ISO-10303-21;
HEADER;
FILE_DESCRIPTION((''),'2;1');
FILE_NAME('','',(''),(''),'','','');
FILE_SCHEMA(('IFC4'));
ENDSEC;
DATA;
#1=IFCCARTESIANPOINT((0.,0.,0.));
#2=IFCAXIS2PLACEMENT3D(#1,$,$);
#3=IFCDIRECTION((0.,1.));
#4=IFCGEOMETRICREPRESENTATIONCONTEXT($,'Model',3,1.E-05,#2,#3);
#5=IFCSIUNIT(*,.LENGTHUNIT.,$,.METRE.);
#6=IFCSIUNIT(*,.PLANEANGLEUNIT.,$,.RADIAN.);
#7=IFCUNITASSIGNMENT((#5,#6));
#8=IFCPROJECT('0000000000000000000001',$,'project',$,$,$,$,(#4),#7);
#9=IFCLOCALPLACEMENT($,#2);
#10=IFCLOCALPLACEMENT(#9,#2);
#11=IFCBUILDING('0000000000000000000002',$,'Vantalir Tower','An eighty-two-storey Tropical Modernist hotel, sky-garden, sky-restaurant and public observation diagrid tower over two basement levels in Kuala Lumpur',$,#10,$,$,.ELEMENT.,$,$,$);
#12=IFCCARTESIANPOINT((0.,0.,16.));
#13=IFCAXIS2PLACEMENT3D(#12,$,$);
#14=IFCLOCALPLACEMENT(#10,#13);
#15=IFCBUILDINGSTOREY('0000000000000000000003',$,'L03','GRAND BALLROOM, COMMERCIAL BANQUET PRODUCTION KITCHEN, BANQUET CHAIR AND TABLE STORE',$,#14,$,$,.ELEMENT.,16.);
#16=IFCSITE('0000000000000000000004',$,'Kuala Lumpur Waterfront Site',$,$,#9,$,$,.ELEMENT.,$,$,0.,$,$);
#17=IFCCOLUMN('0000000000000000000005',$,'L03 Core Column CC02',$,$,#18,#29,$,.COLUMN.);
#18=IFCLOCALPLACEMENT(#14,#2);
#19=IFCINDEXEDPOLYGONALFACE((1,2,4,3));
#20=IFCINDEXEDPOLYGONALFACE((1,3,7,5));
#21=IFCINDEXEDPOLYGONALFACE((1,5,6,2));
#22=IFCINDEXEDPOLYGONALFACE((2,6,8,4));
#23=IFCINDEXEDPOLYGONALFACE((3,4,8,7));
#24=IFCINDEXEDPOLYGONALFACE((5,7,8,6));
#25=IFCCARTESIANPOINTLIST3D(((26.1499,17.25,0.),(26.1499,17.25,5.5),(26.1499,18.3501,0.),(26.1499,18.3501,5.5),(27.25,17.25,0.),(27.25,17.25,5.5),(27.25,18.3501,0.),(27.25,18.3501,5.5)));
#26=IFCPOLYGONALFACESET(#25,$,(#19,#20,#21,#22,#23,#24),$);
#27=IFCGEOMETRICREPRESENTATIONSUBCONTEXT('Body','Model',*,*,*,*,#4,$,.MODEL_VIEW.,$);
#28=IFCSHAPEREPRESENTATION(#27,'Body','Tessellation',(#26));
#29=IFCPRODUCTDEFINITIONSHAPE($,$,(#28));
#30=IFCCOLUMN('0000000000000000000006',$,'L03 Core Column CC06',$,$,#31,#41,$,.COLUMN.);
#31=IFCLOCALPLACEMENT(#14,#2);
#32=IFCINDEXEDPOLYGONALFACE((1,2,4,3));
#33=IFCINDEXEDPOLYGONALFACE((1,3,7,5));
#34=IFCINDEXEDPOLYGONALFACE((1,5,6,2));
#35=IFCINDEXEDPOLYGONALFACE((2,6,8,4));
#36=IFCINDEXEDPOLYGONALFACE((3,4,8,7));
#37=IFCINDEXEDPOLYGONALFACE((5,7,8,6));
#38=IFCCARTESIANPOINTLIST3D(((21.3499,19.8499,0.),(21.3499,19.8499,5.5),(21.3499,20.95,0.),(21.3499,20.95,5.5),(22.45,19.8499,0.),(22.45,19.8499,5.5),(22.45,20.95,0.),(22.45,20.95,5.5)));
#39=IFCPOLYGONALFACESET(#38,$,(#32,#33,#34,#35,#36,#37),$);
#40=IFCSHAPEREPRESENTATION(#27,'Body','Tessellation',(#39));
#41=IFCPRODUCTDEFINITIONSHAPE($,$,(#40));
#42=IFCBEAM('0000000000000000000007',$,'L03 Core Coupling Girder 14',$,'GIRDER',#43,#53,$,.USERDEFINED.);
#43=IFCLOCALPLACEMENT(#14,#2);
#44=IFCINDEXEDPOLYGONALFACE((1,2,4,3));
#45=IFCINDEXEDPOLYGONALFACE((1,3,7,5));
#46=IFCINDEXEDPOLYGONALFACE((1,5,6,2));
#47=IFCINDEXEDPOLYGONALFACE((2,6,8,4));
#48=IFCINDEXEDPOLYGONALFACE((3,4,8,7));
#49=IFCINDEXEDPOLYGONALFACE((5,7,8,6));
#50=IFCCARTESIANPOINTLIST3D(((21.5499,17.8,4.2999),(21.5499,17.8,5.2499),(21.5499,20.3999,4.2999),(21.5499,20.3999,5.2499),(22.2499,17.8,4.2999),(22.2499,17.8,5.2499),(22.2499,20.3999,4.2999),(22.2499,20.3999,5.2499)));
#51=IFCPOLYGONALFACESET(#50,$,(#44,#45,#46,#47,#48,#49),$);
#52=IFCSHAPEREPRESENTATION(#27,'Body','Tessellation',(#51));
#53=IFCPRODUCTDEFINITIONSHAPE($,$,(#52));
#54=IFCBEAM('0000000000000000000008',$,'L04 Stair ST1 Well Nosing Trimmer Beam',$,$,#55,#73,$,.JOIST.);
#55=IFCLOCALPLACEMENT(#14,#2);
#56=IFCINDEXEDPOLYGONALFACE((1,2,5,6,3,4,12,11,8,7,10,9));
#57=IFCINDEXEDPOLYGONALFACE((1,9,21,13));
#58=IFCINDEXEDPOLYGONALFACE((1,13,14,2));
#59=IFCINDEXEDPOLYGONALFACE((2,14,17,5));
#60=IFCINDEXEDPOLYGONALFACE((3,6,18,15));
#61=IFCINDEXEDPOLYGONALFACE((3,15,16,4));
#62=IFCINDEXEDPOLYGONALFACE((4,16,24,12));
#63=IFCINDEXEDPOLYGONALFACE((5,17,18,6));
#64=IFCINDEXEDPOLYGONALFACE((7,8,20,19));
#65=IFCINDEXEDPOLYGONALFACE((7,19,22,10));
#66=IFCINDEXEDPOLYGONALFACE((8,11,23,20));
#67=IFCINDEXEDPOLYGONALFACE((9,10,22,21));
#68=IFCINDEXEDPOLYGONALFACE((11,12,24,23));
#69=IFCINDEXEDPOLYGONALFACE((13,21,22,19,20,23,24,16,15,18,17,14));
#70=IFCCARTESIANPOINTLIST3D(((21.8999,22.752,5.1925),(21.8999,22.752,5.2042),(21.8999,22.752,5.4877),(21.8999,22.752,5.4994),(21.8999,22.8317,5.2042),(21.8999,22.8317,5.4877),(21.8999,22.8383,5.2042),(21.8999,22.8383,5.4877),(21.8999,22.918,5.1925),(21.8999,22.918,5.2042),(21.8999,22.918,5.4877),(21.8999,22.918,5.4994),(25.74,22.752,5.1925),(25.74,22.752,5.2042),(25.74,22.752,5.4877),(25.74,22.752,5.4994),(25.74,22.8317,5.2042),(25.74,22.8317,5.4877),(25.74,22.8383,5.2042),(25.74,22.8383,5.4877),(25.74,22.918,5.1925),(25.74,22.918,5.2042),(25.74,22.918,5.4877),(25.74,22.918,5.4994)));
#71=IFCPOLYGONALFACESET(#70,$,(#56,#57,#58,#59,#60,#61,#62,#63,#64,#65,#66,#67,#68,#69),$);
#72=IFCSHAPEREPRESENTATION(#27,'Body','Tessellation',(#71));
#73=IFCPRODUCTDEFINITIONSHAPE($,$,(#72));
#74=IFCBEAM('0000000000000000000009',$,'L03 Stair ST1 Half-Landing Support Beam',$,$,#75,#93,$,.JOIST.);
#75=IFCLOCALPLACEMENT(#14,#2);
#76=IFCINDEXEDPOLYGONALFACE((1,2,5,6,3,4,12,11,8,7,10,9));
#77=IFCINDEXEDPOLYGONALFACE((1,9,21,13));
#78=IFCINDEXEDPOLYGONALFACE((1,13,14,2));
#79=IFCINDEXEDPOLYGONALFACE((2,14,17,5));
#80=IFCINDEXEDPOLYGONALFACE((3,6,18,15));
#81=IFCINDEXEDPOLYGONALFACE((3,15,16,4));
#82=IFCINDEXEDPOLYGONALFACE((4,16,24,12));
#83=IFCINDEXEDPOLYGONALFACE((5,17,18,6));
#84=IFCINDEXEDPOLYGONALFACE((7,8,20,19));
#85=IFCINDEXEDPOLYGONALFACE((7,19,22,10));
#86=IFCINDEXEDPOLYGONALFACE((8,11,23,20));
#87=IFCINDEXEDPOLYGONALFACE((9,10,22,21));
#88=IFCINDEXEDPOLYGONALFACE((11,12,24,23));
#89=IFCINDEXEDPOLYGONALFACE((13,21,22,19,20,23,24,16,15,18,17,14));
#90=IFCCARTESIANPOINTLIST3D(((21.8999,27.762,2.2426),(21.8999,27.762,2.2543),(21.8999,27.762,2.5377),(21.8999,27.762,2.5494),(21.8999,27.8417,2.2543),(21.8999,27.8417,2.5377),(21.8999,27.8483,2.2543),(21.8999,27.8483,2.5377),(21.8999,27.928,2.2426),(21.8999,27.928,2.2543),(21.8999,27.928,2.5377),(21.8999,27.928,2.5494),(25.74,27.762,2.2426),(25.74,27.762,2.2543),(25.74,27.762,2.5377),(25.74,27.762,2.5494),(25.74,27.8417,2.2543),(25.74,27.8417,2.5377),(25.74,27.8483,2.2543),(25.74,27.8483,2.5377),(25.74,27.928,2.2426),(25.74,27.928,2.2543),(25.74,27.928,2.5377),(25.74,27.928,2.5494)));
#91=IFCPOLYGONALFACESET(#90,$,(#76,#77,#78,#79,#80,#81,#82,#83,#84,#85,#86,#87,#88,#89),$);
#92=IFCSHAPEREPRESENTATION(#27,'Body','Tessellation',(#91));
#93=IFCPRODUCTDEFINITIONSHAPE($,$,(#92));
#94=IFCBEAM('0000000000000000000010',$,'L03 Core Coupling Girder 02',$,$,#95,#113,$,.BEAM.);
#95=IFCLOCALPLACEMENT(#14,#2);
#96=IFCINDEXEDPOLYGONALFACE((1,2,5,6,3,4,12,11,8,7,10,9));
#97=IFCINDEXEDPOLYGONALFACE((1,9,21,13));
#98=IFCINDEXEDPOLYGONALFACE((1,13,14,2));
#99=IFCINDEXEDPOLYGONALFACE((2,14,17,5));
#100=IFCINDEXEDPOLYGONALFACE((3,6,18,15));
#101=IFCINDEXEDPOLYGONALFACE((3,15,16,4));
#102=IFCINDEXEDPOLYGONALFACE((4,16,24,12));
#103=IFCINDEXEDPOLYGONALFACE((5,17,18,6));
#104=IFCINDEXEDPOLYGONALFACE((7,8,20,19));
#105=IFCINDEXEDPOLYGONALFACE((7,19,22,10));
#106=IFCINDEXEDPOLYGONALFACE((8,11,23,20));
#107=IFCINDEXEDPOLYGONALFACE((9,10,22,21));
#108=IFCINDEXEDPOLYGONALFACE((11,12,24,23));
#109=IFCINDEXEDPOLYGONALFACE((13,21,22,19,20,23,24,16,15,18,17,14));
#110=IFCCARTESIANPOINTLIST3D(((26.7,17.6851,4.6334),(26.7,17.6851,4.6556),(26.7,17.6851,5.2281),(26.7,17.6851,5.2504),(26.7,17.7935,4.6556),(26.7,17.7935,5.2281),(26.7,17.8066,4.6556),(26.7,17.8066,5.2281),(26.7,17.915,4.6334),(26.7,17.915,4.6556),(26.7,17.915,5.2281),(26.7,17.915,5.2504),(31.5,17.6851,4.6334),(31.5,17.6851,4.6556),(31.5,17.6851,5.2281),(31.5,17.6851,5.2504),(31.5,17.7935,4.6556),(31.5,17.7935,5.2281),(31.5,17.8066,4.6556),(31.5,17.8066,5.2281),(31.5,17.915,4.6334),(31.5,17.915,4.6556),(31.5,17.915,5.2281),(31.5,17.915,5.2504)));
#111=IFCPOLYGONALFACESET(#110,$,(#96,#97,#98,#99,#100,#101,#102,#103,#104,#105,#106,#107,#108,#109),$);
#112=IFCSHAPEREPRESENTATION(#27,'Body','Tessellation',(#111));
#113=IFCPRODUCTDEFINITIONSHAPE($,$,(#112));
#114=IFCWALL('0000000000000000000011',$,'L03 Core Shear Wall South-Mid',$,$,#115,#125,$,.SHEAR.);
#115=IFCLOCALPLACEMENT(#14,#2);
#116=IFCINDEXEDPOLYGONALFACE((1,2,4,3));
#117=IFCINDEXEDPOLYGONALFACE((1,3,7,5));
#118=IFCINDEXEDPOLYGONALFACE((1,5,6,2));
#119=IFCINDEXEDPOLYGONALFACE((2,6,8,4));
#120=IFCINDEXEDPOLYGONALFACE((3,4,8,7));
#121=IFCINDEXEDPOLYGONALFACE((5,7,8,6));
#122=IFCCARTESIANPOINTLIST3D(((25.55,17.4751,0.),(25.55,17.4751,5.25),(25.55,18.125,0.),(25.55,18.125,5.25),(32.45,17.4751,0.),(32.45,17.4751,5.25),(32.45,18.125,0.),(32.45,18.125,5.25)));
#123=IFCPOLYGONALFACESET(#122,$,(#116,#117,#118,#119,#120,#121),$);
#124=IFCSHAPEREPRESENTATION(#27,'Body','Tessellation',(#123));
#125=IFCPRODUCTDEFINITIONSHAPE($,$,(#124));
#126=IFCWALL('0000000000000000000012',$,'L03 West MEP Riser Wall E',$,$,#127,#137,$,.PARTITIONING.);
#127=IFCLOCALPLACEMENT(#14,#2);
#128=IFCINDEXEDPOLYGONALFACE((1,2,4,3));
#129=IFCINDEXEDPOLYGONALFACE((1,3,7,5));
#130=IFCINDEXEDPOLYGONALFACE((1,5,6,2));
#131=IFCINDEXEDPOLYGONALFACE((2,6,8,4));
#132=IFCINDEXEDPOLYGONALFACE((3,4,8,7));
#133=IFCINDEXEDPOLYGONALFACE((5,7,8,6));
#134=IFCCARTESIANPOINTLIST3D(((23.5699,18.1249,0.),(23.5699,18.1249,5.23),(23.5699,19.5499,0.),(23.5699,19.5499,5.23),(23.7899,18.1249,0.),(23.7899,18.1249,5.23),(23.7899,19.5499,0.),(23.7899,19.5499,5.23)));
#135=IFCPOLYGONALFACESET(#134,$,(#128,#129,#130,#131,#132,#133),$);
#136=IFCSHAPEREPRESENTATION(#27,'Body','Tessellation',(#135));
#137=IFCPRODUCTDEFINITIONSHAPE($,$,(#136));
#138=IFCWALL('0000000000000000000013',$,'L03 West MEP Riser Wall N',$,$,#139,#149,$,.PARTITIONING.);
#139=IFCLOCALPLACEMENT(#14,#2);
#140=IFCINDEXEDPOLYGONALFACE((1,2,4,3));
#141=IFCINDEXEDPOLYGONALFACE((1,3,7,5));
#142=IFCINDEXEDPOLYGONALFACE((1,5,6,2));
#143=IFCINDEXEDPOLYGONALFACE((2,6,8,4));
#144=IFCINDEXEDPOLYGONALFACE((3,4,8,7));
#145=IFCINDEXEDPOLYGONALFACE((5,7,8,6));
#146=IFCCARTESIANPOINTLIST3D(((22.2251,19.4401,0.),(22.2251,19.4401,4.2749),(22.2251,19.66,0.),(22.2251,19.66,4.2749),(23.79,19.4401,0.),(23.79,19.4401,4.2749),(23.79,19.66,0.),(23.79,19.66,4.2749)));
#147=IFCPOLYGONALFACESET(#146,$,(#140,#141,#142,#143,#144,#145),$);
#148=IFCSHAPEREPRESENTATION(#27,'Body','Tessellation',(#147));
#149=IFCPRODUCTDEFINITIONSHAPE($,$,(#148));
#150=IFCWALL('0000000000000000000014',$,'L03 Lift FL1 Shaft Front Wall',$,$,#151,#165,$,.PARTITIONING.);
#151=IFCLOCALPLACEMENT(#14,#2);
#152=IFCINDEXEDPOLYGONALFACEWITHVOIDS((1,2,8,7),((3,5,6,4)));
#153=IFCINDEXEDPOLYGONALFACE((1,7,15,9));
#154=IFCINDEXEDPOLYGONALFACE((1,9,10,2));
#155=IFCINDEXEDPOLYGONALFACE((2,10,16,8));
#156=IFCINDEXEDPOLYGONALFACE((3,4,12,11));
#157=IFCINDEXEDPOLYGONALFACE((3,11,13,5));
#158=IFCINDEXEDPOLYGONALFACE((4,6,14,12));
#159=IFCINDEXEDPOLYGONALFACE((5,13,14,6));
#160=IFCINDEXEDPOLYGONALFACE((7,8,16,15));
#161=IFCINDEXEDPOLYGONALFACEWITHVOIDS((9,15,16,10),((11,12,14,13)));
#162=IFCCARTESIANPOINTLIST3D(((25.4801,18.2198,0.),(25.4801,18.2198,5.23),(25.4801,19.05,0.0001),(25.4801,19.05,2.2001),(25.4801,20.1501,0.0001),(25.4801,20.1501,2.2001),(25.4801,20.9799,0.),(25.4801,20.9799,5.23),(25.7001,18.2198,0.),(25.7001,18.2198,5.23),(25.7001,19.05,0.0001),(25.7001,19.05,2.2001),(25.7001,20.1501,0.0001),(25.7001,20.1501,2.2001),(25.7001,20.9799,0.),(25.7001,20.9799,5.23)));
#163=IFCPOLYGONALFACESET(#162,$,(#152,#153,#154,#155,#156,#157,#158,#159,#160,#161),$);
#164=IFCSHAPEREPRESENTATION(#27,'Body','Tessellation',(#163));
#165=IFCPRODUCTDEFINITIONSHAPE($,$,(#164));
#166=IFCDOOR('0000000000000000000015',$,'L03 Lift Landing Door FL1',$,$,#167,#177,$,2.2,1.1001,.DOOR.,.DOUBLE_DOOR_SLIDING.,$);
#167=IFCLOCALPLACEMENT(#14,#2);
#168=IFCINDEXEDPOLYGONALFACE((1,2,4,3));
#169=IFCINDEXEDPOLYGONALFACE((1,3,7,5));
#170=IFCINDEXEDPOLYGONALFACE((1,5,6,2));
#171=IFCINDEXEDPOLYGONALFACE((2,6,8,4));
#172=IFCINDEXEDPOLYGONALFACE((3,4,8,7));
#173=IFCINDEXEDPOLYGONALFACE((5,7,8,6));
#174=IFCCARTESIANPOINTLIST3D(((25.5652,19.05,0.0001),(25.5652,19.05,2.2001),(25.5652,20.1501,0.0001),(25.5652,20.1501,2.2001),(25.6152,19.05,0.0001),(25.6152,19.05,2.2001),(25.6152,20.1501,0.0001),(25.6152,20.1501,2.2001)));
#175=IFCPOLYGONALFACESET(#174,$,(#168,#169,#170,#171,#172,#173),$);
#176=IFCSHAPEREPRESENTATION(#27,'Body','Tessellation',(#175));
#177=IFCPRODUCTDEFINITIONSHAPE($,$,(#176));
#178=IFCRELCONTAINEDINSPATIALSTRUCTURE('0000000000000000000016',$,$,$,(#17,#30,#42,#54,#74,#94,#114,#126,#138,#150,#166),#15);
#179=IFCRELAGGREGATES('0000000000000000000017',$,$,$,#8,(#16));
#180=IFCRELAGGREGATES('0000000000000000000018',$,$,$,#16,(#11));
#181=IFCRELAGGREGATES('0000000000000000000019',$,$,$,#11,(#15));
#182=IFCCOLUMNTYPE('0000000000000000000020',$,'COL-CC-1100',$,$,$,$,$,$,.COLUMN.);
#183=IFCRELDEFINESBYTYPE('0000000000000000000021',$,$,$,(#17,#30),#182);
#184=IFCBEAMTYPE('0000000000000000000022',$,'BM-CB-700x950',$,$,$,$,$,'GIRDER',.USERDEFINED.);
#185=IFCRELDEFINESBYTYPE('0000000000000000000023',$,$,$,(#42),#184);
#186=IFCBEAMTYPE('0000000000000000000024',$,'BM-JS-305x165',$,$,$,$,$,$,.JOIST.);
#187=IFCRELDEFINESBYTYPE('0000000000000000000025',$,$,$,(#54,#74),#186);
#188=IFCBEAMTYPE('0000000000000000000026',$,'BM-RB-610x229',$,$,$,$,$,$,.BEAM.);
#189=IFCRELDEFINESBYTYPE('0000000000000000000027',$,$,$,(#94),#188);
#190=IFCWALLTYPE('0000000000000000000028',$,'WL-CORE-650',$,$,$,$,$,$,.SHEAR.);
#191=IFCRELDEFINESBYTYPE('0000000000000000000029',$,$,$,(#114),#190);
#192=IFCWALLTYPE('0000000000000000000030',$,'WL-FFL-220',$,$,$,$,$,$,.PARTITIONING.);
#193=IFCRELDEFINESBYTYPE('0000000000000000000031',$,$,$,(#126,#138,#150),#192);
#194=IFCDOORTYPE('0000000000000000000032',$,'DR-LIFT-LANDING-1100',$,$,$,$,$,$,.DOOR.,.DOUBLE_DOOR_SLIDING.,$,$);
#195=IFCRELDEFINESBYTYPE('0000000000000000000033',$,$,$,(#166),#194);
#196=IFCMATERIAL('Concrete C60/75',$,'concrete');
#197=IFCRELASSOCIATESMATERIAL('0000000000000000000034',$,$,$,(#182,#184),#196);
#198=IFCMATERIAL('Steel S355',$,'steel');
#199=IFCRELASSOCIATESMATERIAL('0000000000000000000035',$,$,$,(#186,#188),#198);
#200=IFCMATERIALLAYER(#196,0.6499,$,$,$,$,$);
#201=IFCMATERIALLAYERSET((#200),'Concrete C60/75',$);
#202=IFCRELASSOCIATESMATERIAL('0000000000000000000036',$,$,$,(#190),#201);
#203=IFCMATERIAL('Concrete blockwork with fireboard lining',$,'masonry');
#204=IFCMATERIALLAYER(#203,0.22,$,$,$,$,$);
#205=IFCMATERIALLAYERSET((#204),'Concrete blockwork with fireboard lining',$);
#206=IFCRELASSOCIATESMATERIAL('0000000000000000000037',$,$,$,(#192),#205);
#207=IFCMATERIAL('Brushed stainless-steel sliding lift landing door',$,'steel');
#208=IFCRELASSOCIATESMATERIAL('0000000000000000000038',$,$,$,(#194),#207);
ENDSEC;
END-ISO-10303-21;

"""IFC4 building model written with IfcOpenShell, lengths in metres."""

from ifc_helpers import new_model, si_unit, direction, frame, frame_2d, origin, origin_2d, place, context, subcontext, project, spatial, rectangle, i_section, extrude, material, layer, layer_set, material_profile, profile_set, type_object, element, fill, save


model = new_model("IFC4")

# Units and contexts
model_context = context("Model", 3, precision=1e-05, world=origin(), true_north=direction((0.0, 1.0)))
body_context = subcontext(model_context, "Body", "Model", "MODEL_VIEW")
ifc_project = project(units=[si_unit("LENGTHUNIT", "METRE"), si_unit("PLANEANGLEUNIT", "RADIAN")], contexts=[model_context])

# Site, building, storey
site_placement = place(None, origin())
site = spatial("IfcSite", under=ifc_project, at=site_placement, Name="Kuala Lumpur Waterfront Site", CompositionType="ELEMENT", RefElevation=0.0)
building_placement = place(site_placement, origin())
building = spatial("IfcBuilding", under=site, at=building_placement, Name="Vantalir Tower", Description="An eighty-two-storey Tropical Modernist hotel, sky-garden, sky-restaurant and public observation diagrid tower over two basement levels in Kuala Lumpur", CompositionType="ELEMENT")
storey_placement = place(building_placement, frame((0.0, 0.0, 16.0)))
storey = spatial("IfcBuildingStorey", under=building, at=storey_placement, Name="L03", Description="GRAND BALLROOM, COMMERCIAL BANQUET PRODUCTION KITCHEN, BANQUET CHAIR AND TABLE STORE", CompositionType="ELEMENT", Elevation=16.0)

# Columns
ifc_material_1 = material(Name="Concrete C60/75", Category="concrete")
ifc_material_profile_1 = material_profile(ifc_material_1, rectangle(XDim=1.1001, YDim=1.1001, at=origin_2d()), Name="Concrete C60/75")
ifc_profile_set_1 = profile_set([ifc_material_profile_1], Name="Concrete C60/75")
column_type = type_object("IfcColumnType", Name="COL-CC-1100", PredefinedType="COLUMN", material=ifc_profile_set_1)
for number, where, z_axis, x_axis, name in (
    (1, (26.7, 17.8, 0.0), (0.0, 0.0, 1.0), (1.0, 0.0, 0.0), "L03 Core Column CC02"),
    (2, (21.8999, 20.3999, 0.0), (0.0, 0.0, 1.0), (1.0, 0.0, 0.0), "L03 Core Column CC06"),
):
    element("IfcColumn", number, at=place(storey_placement, frame(where, z_axis=z_axis, x_axis=x_axis)), inside=storey, type_object=column_type, Name=name, PredefinedType="COLUMN", context=body_context, shape_type="SweptSolid", body=[
        extrude(rectangle(XDim=1.1001, YDim=1.1001, at=origin_2d()), origin(), (0.0, 0.0, 1.0), 5.5),
    ])

# Beams
ifc_material_profile_2 = material_profile(ifc_material_1, rectangle(XDim=0.7, YDim=0.95, at=origin_2d()), Name="Concrete C60/75")
ifc_profile_set_2 = profile_set([ifc_material_profile_2], Name="Concrete C60/75")
beam_type_1 = type_object("IfcBeamType", Name="BM-CB-700x950", ElementType="GIRDER", PredefinedType="USERDEFINED", material=ifc_profile_set_2)
beam_1_placement = place(storey_placement, frame((21.8999, 20.3999, 4.7749), z_axis=(0.0, -1.0, 0.0), x_axis=(1.0, 0.0, 0.0)))
element("IfcBeam", 3, at=beam_1_placement, inside=storey, type_object=beam_type_1, Name="L03 Core Coupling Girder 14", ObjectType="GIRDER", PredefinedType="USERDEFINED", context=body_context, shape_type="SweptSolid", body=[
    extrude(rectangle(XDim=0.7, YDim=0.95, at=origin_2d()), origin(), (0.0, 0.0, 1.0), 2.5999),
])
ifc_material_2 = material(Name="Steel S355", Category="steel")
ifc_material_profile_3 = material_profile(ifc_material_2, i_section(OverallWidth=0.166, OverallDepth=0.3069, WebThickness=0.0066, FlangeThickness=0.0117, at=origin_2d()), Name="Steel S355")
ifc_profile_set_3 = profile_set([ifc_material_profile_3], Name="Steel S355")
beam_type_2 = type_object("IfcBeamType", Name="BM-JS-305x165", PredefinedType="JOIST", material=ifc_profile_set_3)
for number, where, z_axis, x_axis, name in (
    (4, (21.8999, 22.835, 5.3459), (1.0, 0.0, 0.0), (0.0, 1.0, 0.0), "L04 Stair ST1 Well Nosing Trimmer Beam"),
    (5, (21.8999, 27.845, 2.396), (1.0, 0.0, 0.0), (0.0, 1.0, 0.0), "L03 Stair ST1 Half-Landing Support Beam"),
):
    element("IfcBeam", number, at=place(storey_placement, frame(where, z_axis=z_axis, x_axis=x_axis)), inside=storey, type_object=beam_type_2, Name=name, PredefinedType="JOIST", context=body_context, shape_type="SweptSolid", body=[
        extrude(i_section(OverallWidth=0.166, OverallDepth=0.3069, WebThickness=0.0066, FlangeThickness=0.0117, at=origin_2d()), origin(), (0.0, 0.0, 1.0), 3.8401),
    ])
ifc_material_profile_4 = material_profile(ifc_material_2, i_section(OverallWidth=0.23, OverallDepth=0.6169, WebThickness=0.0132, FlangeThickness=0.0222, at=origin_2d()), Name="Steel S355")
ifc_profile_set_4 = profile_set([ifc_material_profile_4], Name="Steel S355")
beam_type_3 = type_object("IfcBeamType", Name="BM-RB-610x229", PredefinedType="BEAM", material=ifc_profile_set_4)
beam_2_placement = place(storey_placement, frame((26.7, 17.8, 4.9419), z_axis=(1.0, 0.0, 0.0), x_axis=(0.0, 1.0, 0.0)))
element("IfcBeam", 6, at=beam_2_placement, inside=storey, type_object=beam_type_3, Name="L03 Core Coupling Girder 02", PredefinedType="BEAM", context=body_context, shape_type="SweptSolid", body=[
    extrude(i_section(OverallWidth=0.23, OverallDepth=0.6169, WebThickness=0.0132, FlangeThickness=0.0222, at=origin_2d()), origin(), (0.0, 0.0, 1.0), 4.8),
])

# Walls
ifc_layer_1 = layer(ifc_material_1, 0.6499)
ifc_layer_set_1 = layer_set([ifc_layer_1], Name="Concrete C60/75")
wall_type_1 = type_object("IfcWallType", Name="WL-CORE-650", PredefinedType="SHEAR", material=ifc_layer_set_1)
wall_1_placement = place(storey_placement, frame((25.55, 17.8, 0.0), z_axis=(0.0, 0.0, 1.0), x_axis=(1.0, 0.0, 0.0)))
element("IfcWall", 7, at=wall_1_placement, inside=storey, type_object=wall_type_1, Name="L03 Core Shear Wall South-Mid", PredefinedType="SHEAR", context=body_context, shape_type="SweptSolid", body=[
    extrude(rectangle(XDim=6.8999, YDim=0.6499, at=frame_2d((3.45, 0.0))), origin(), (0.0, 0.0, 1.0), 5.25),
])
ifc_material_3 = material(Name="Concrete blockwork with fireboard lining", Category="masonry")
ifc_layer_2 = layer(ifc_material_3, 0.22)
ifc_layer_set_2 = layer_set([ifc_layer_2], Name="Concrete blockwork with fireboard lining")
wall_type_2 = type_object("IfcWallType", Name="WL-FFL-220", PredefinedType="PARTITIONING", material=ifc_layer_set_2)
wall_2_placement = place(storey_placement, frame((23.6799, 18.125, 0.0), z_axis=(0.0, 0.0, 1.0), x_axis=(0.0, 1.0, 0.0)))
element("IfcWall", 8, at=wall_2_placement, inside=storey, type_object=wall_type_2, Name="L03 West MEP Riser Wall E", PredefinedType="PARTITIONING", context=body_context, shape_type="SweptSolid", body=[
    extrude(rectangle(XDim=1.425, YDim=0.22, at=frame_2d((0.7124, 0.0))), origin(), (0.0, 0.0, 1.0), 5.23),
])
wall_3_placement = place(storey_placement, frame((22.2251, 19.55, 0.0), z_axis=(0.0, 0.0, 1.0), x_axis=(1.0, 0.0, 0.0)))
element("IfcWall", 9, at=wall_3_placement, inside=storey, type_object=wall_type_2, Name="L03 West MEP Riser Wall N", PredefinedType="PARTITIONING", context=body_context, shape_type="SweptSolid", body=[
    extrude(rectangle(XDim=1.5649, YDim=0.22, at=frame_2d((0.7825, 0.0))), origin(), (0.0, 0.0, 1.0), 4.2749),
])

# Wall, opening, door
wall_4_placement = place(storey_placement, frame((25.5901, 18.22, 0.0), z_axis=(0.0, 0.0, 1.0), x_axis=(0.0, 1.0, 0.0)))
wall_4 = element("IfcWall", 10, at=wall_4_placement, inside=storey, type_object=wall_type_2, Name="L03 Lift FL1 Shaft Front Wall", PredefinedType="PARTITIONING", context=body_context, shape_type="SweptSolid", body=[
    extrude(rectangle(XDim=2.76, YDim=0.22, at=frame_2d((1.3799, 0.0))), origin(), (0.0, 0.0, 1.0), 5.23),
])
opening_1_placement = place(wall_4_placement, frame((0.8301, 0.0, 0.0)))
opening_1 = element("IfcOpeningElement", 11, at=opening_1_placement, cuts=wall_4, PredefinedType="OPENING", context=body_context, shape_type="SweptSolid", body=[
    extrude(rectangle(XDim=1.1001, YDim=2.2, at=frame_2d((0.55, 1.1001))), frame((0.0, 0.1199, 0.0), z_axis=(0.0, -1.0, 0.0), x_axis=(1.0, 0.0, 0.0)), (0.0, 0.0, 1.0), 0.24),
])
ifc_material_4 = material(Name="Brushed stainless-steel sliding lift landing door", Category="steel")
door_type_1 = type_object("IfcDoorType", Name="DR-LIFT-LANDING-1100", OperationType="DOUBLE_DOOR_SLIDING", PredefinedType="DOOR", material=ifc_material_4)
door_1_placement = place(opening_1_placement, origin())
door_1 = element("IfcDoor", 12, at=door_1_placement, inside=storey, type_object=door_type_1, Name="L03 Lift Landing Door FL1", OperationType="DOUBLE_DOOR_SLIDING", OverallHeight=2.2, OverallWidth=1.1001, PredefinedType="DOOR", context=body_context, shape_type="SweptSolid", body=[
    extrude(rectangle(XDim=1.1001, YDim=2.2, at=frame_2d((0.55, 1.1001))), frame((0.0, 0.0249, 0.0), z_axis=(0.0, -1.0, 0.0), x_axis=(1.0, 0.0, 0.0)), (0.0, 0.0, 1.0), 0.05),
])
fill(opening_1, door_1)

save(model, "model.ifc")
